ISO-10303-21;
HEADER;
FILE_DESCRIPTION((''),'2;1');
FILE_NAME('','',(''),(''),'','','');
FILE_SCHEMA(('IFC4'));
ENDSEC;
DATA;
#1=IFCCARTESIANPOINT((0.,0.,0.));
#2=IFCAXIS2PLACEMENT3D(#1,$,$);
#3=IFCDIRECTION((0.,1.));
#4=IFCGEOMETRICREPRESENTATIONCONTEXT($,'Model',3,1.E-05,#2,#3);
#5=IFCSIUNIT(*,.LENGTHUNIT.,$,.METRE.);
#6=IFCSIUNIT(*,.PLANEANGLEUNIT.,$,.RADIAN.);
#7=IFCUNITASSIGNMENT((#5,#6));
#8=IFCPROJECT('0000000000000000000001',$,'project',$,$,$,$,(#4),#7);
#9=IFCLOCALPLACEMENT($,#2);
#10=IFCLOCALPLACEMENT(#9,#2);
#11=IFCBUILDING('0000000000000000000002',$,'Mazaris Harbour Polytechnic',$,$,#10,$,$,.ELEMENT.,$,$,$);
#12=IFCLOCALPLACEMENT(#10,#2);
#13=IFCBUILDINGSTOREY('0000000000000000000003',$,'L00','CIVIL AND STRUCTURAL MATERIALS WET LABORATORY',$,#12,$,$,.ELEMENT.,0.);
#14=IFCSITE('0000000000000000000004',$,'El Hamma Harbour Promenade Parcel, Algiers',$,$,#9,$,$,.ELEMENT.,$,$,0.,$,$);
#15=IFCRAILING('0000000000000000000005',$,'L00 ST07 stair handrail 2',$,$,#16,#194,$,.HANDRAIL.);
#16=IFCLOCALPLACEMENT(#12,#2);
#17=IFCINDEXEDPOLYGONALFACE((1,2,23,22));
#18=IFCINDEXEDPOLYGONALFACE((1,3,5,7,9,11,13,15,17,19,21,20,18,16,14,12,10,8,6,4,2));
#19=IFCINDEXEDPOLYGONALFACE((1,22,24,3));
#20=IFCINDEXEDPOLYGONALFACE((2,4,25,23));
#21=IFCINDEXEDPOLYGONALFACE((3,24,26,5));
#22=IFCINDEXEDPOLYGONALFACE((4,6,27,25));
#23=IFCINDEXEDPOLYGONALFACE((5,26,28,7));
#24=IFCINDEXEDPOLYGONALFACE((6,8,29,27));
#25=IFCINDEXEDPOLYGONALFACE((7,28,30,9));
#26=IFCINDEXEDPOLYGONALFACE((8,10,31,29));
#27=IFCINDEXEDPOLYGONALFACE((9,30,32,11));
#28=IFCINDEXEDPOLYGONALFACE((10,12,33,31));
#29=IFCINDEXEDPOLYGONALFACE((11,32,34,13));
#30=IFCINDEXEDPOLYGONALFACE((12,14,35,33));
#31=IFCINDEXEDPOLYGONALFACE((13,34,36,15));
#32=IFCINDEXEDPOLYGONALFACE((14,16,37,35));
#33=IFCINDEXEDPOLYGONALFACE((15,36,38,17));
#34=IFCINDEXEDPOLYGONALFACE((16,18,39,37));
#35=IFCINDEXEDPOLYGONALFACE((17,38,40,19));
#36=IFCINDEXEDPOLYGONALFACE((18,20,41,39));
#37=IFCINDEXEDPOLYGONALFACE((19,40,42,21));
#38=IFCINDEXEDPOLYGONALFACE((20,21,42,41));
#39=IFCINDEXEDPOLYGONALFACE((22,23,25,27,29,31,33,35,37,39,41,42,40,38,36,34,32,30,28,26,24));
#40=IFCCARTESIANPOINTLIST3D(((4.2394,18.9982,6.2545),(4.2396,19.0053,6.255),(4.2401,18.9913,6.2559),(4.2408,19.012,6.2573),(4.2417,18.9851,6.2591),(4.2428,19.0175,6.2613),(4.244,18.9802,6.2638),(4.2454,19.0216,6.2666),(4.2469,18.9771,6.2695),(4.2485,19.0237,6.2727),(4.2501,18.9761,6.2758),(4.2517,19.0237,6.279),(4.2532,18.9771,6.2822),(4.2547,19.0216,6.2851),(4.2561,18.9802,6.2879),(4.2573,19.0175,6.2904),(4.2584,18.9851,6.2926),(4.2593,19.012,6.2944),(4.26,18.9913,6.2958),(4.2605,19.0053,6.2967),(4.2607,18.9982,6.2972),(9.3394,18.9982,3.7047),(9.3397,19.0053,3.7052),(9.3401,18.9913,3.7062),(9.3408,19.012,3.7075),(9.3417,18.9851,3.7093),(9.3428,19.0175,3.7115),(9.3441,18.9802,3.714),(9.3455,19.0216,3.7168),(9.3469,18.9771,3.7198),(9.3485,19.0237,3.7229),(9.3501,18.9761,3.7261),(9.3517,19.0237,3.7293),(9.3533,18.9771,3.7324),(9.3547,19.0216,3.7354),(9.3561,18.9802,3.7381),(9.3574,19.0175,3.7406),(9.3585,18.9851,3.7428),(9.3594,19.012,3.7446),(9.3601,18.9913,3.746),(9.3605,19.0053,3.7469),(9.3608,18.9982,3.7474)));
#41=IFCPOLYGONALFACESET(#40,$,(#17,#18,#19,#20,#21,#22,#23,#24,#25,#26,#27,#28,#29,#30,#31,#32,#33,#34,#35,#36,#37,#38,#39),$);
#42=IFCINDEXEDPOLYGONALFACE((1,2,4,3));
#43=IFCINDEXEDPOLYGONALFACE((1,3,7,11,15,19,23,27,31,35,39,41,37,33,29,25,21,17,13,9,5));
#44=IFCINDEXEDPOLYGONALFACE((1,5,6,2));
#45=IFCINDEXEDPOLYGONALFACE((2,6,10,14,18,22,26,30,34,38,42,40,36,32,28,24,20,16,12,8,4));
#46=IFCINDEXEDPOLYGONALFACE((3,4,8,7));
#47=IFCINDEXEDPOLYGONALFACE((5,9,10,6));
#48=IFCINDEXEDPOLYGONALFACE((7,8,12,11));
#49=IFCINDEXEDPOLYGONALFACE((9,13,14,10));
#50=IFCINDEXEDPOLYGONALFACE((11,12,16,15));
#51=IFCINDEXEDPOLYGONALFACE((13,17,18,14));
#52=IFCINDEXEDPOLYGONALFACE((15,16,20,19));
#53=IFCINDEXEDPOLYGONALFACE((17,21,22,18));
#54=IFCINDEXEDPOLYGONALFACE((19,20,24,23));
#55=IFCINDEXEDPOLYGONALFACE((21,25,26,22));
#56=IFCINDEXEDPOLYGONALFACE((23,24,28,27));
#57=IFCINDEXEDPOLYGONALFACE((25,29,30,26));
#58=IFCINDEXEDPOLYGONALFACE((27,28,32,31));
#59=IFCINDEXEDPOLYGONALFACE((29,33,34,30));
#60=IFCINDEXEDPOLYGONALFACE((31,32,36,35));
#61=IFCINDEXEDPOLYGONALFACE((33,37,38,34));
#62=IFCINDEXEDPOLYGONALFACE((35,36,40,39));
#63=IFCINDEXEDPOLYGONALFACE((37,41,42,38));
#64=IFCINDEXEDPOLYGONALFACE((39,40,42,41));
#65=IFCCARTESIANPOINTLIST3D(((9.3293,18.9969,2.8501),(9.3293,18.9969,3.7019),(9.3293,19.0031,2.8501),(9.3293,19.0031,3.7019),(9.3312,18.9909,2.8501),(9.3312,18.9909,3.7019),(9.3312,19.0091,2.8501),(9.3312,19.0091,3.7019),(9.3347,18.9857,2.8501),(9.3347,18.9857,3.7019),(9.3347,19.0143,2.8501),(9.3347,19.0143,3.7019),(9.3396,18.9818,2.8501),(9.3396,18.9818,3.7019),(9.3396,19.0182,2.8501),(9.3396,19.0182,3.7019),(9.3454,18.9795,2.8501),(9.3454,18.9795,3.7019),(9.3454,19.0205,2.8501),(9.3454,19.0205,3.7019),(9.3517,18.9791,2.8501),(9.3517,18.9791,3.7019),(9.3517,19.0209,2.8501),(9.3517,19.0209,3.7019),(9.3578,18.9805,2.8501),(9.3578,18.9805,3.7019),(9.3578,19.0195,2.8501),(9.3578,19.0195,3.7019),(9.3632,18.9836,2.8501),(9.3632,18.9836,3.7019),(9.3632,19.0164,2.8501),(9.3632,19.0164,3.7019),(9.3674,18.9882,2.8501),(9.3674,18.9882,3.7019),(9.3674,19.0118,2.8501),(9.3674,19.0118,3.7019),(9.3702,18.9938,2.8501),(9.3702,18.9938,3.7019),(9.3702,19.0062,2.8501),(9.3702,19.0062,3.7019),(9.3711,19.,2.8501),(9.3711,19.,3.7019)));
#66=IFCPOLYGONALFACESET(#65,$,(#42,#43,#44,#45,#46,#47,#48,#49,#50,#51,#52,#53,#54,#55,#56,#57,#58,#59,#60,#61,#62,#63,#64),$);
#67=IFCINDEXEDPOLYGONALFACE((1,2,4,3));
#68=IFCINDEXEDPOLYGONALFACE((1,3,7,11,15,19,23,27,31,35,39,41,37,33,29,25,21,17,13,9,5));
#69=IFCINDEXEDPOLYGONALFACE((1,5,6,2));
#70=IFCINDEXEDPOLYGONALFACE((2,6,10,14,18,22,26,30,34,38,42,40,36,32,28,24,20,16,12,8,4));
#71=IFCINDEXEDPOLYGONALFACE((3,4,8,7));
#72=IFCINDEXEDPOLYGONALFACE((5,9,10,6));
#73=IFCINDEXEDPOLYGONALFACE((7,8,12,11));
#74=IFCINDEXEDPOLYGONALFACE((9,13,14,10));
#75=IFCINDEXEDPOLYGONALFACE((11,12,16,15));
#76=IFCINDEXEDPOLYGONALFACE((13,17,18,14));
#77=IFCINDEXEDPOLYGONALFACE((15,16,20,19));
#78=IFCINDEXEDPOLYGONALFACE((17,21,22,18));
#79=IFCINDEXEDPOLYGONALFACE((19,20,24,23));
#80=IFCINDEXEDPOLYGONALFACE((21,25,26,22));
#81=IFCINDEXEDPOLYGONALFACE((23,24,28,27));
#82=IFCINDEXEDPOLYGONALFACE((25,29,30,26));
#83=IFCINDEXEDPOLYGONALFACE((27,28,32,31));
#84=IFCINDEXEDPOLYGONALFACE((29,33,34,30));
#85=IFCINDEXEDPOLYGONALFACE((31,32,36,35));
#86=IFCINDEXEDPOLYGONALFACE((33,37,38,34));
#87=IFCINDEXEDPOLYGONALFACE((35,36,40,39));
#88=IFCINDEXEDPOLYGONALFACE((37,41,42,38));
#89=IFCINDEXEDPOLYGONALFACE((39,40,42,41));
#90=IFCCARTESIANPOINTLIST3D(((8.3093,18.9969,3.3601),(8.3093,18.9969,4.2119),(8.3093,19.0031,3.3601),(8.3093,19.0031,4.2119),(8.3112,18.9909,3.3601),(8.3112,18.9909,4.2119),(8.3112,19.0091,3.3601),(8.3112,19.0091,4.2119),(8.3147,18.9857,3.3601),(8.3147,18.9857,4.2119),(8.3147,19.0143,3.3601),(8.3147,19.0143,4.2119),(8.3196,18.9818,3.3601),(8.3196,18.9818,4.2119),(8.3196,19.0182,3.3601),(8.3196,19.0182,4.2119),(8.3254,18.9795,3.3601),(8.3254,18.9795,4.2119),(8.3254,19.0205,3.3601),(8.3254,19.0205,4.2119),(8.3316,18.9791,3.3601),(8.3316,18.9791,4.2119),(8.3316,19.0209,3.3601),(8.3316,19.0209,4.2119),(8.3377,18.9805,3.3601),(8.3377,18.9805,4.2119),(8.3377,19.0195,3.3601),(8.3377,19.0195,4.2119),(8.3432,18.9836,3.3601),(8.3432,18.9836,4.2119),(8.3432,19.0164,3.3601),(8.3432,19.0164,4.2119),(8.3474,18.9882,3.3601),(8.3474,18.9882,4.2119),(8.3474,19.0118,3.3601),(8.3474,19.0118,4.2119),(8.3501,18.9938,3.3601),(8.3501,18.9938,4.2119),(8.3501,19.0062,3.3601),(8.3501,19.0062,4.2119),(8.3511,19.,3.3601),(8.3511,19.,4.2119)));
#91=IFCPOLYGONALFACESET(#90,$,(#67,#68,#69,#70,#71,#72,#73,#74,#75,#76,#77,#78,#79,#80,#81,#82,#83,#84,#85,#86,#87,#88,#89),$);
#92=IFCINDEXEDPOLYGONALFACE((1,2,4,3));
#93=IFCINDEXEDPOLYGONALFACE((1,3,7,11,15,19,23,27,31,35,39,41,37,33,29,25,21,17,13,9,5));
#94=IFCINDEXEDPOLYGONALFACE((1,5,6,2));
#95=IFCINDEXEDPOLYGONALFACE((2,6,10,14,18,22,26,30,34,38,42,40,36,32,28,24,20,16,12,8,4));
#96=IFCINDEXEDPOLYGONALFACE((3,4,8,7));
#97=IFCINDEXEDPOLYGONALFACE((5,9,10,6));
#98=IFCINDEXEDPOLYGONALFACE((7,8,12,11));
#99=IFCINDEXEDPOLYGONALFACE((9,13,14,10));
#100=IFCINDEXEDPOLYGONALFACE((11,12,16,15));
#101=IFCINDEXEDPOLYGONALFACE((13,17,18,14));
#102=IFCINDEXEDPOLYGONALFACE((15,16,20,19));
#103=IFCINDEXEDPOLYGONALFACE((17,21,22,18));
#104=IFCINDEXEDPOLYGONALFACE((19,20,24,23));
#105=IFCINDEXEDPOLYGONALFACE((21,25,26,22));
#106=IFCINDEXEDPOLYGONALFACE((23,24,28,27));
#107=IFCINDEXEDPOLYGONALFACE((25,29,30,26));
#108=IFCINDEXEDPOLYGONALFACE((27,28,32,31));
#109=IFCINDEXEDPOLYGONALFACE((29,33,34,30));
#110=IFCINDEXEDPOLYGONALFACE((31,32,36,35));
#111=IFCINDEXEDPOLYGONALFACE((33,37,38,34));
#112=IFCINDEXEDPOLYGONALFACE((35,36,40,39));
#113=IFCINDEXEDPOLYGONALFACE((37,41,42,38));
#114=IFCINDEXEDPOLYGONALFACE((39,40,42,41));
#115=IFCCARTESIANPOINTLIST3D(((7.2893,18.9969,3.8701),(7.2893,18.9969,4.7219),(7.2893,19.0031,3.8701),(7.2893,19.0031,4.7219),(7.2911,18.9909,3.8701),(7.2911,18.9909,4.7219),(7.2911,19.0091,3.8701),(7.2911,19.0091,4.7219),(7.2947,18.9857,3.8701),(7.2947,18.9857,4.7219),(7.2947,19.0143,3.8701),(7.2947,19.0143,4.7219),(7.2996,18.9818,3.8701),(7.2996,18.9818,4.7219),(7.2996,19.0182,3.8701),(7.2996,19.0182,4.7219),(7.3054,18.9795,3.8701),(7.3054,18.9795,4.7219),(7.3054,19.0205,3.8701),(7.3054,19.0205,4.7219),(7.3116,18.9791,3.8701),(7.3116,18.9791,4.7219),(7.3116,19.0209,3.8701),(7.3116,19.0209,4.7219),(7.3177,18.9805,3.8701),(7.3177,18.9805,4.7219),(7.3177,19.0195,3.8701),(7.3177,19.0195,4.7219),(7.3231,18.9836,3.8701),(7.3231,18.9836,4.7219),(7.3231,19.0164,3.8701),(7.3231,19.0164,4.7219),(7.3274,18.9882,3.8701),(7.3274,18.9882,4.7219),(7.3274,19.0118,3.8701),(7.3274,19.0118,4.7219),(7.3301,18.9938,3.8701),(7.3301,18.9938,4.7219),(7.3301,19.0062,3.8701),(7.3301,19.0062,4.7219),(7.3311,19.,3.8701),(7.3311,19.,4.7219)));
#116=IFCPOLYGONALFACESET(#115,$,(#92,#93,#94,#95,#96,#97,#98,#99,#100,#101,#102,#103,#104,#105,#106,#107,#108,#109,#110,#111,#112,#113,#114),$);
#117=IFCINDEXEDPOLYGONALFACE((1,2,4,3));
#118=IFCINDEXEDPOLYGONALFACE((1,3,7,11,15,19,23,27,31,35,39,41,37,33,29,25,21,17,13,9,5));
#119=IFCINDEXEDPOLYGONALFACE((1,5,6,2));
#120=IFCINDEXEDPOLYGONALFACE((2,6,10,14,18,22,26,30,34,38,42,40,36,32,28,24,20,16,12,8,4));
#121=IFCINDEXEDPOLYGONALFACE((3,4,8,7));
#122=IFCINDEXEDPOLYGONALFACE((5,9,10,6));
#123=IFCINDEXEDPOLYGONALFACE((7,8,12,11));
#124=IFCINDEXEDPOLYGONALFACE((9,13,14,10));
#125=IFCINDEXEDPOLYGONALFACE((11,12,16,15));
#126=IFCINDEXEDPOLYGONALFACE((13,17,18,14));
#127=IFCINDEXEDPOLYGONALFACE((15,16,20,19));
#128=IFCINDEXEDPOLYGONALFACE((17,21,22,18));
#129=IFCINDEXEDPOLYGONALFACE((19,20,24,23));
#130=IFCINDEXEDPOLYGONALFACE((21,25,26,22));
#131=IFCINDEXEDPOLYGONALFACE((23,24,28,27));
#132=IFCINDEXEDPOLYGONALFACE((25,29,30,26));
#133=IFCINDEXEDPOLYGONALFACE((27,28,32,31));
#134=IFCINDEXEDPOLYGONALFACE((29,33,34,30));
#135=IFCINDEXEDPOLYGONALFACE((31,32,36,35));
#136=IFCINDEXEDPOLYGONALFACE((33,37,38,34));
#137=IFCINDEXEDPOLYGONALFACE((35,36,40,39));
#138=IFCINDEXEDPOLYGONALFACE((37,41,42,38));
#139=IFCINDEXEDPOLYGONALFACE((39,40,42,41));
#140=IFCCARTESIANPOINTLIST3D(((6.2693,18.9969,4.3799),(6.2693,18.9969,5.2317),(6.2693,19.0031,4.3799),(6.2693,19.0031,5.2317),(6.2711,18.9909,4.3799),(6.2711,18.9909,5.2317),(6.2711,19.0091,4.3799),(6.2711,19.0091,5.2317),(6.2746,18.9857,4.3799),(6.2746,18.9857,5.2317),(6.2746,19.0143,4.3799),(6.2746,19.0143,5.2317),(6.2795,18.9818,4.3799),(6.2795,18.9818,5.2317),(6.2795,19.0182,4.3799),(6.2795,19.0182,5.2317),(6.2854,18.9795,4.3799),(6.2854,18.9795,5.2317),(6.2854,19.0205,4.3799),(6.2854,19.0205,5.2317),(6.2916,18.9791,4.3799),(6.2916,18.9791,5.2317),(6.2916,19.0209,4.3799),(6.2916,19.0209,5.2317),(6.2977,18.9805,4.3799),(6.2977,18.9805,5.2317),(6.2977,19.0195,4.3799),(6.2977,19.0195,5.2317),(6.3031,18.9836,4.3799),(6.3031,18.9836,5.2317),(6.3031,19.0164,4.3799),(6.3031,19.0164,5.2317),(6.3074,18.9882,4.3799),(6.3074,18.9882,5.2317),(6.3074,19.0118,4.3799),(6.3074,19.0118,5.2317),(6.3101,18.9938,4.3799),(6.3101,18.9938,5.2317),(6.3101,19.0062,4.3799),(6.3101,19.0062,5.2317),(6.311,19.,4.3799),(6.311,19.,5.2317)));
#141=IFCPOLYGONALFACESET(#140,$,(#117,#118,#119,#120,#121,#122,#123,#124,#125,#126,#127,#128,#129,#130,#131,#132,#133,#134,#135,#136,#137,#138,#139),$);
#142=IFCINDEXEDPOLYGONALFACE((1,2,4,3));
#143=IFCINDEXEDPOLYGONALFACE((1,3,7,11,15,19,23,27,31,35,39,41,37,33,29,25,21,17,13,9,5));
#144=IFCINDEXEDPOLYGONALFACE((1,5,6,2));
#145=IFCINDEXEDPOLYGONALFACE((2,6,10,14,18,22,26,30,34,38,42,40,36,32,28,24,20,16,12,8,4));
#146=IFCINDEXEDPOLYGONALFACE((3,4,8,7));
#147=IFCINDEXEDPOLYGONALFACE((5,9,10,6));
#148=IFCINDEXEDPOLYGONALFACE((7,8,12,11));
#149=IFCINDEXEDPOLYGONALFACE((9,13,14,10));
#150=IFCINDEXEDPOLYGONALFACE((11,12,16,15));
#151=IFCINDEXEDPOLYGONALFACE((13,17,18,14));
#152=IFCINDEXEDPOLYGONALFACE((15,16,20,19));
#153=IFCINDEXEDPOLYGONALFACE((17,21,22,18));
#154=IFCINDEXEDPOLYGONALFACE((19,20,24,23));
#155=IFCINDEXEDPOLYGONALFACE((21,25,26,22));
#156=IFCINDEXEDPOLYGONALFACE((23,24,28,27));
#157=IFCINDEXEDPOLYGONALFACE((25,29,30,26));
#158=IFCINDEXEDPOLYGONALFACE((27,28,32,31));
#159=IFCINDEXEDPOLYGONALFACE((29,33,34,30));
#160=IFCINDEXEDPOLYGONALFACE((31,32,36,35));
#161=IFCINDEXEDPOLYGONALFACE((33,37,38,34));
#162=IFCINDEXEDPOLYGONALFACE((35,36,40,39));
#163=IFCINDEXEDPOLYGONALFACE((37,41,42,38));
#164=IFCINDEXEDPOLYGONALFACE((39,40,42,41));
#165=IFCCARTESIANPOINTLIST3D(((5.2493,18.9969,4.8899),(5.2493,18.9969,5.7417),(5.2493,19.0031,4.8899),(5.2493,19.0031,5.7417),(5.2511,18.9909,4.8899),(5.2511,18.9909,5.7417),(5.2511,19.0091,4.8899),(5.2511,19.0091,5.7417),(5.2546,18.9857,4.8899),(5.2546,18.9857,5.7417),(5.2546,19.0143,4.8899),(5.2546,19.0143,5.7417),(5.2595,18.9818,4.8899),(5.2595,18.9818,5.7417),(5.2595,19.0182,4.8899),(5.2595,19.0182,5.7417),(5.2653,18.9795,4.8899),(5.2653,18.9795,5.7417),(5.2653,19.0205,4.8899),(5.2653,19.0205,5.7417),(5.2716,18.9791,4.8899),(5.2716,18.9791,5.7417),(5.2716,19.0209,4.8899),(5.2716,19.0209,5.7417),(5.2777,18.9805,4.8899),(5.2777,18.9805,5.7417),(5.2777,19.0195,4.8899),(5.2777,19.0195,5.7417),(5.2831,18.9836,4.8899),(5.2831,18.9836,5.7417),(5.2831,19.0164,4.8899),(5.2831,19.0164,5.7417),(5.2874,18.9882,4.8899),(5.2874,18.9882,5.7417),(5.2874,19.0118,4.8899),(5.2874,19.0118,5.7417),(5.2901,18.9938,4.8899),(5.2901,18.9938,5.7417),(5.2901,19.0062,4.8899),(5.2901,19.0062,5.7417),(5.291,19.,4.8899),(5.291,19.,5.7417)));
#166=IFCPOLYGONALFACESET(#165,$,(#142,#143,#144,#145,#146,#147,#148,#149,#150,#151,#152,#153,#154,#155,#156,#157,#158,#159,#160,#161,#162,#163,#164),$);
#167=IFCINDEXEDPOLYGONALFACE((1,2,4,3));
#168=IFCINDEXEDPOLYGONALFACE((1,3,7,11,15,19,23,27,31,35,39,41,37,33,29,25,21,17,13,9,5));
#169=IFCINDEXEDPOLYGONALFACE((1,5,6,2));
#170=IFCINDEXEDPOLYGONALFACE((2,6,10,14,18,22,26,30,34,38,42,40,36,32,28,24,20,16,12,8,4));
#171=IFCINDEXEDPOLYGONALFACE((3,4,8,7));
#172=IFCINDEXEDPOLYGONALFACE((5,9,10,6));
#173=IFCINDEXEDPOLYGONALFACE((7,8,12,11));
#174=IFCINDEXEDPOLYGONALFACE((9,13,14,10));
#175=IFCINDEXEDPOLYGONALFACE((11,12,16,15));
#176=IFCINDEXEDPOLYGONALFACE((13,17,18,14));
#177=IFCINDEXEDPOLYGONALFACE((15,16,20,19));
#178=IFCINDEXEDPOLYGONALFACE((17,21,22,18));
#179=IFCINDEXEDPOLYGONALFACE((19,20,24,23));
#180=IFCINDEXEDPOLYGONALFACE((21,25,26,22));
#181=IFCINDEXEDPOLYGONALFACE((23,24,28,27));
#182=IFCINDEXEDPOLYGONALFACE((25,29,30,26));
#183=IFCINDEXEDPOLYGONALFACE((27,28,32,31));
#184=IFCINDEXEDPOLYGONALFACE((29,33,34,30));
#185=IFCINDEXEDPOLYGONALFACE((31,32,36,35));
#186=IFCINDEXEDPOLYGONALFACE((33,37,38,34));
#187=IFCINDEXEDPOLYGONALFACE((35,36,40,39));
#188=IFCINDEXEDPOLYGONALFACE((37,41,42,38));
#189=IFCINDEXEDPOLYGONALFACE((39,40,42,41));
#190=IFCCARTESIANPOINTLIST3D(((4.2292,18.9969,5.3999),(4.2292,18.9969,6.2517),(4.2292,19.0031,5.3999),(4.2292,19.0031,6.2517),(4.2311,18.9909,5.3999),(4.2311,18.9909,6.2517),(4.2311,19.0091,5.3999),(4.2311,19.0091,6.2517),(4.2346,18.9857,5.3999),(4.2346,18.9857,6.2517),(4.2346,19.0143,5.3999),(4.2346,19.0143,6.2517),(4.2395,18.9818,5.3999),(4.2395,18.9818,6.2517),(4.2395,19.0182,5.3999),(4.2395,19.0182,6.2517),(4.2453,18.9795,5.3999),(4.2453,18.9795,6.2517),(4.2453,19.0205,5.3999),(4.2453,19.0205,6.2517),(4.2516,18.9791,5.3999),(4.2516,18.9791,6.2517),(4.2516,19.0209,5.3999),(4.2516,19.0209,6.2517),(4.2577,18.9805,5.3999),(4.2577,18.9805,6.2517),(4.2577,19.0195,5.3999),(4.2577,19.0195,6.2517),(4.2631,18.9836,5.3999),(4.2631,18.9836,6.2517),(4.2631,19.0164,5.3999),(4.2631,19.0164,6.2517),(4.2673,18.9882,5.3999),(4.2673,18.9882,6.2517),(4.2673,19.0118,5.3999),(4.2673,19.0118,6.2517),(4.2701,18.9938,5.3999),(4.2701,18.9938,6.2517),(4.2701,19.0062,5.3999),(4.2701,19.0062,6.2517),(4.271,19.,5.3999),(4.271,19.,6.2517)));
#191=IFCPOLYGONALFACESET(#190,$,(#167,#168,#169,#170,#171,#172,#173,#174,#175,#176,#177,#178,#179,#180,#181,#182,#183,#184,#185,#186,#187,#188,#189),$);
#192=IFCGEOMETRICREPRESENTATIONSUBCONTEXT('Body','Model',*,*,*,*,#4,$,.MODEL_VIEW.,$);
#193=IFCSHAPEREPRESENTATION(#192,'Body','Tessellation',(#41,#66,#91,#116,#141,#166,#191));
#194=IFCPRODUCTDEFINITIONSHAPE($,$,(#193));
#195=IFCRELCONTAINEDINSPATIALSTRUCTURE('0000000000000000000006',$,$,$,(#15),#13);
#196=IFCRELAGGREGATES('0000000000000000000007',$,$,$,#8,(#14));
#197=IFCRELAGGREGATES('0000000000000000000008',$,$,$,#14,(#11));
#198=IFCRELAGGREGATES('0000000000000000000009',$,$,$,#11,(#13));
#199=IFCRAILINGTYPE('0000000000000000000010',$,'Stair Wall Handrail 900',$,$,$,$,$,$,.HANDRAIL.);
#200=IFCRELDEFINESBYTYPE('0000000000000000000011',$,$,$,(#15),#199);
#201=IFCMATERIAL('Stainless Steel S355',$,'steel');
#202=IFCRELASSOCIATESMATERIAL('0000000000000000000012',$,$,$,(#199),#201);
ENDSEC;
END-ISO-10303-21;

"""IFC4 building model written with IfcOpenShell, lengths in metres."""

from ifc_helpers import new_model, si_unit, direction, frame, origin, origin_2d, place, context, subcontext, project, spatial, circle, extrude, material, type_object, element, save


model = new_model("IFC4")

# Units and contexts
model_context = context("Model", 3, precision=1e-05, world=origin(), true_north=direction((0.0, 1.0)))
body_context = subcontext(model_context, "Body", "Model", "MODEL_VIEW")
ifc_project = project(units=[si_unit("LENGTHUNIT", "METRE"), si_unit("PLANEANGLEUNIT", "RADIAN")], contexts=[model_context])

# Site, building, storey
site_placement = place(None, origin())
site = spatial("IfcSite", under=ifc_project, at=site_placement, Name="El Hamma Harbour Promenade Parcel, Algiers", CompositionType="ELEMENT", RefElevation=0.0)
building_placement = place(site_placement, origin())
building = spatial("IfcBuilding", under=site, at=building_placement, Name="Mazaris Harbour Polytechnic", CompositionType="ELEMENT")
storey_placement = place(building_placement, origin())
storey = spatial("IfcBuildingStorey", under=building, at=storey_placement, Name="L00", Description="CIVIL AND STRUCTURAL MATERIALS WET LABORATORY", CompositionType="ELEMENT", Elevation=0.0)

# Railing
ifc_material_1 = material(Name="Stainless Steel S355", Category="steel")
railing_type_1 = type_object("IfcRailingType", Name="Stair Wall Handrail 900", PredefinedType="HANDRAIL", material=ifc_material_1)
railing_1_placement = place(storey_placement, frame((9.3501, 19.0, 2.8501)))
element("IfcRailing", 1, at=railing_1_placement, inside=storey, type_object=railing_type_1, Name="L00 ST07 stair handrail 2", PredefinedType="HANDRAIL", context=body_context, shape_type="SweptSolid", body=[
    extrude(circle(Radius=0.0239, at=origin_2d()), frame((0.0, 0.0, 0.876), z_axis=(-0.894444, 0.0, 0.447179), x_axis=(0.0, -1.0, 0.0)), (0.0, 0.0, 1.0), 5.7019),
    extrude(circle(Radius=0.021, at=origin_2d()), origin(), (0.0, 0.0, 1.0), 0.8518),
    extrude(circle(Radius=0.021, at=origin_2d()), frame((-1.02, 0.0, 0.51)), (0.0, 0.0, 1.0), 0.8518),
    extrude(circle(Radius=0.021, at=origin_2d()), frame((-2.04, 0.0, 1.02)), (0.0, 0.0, 1.0), 0.8518),
    extrude(circle(Radius=0.021, at=origin_2d()), frame((-3.0601, 0.0, 1.5298)), (0.0, 0.0, 1.0), 0.8518),
    extrude(circle(Radius=0.021, at=origin_2d()), frame((-4.0801, 0.0, 2.0398)), (0.0, 0.0, 1.0), 0.8518),
    extrude(circle(Radius=0.021, at=origin_2d()), frame((-5.1001, 0.0, 2.5498)), (0.0, 0.0, 1.0), 0.8518),
])

save(model, "model.ifc")
